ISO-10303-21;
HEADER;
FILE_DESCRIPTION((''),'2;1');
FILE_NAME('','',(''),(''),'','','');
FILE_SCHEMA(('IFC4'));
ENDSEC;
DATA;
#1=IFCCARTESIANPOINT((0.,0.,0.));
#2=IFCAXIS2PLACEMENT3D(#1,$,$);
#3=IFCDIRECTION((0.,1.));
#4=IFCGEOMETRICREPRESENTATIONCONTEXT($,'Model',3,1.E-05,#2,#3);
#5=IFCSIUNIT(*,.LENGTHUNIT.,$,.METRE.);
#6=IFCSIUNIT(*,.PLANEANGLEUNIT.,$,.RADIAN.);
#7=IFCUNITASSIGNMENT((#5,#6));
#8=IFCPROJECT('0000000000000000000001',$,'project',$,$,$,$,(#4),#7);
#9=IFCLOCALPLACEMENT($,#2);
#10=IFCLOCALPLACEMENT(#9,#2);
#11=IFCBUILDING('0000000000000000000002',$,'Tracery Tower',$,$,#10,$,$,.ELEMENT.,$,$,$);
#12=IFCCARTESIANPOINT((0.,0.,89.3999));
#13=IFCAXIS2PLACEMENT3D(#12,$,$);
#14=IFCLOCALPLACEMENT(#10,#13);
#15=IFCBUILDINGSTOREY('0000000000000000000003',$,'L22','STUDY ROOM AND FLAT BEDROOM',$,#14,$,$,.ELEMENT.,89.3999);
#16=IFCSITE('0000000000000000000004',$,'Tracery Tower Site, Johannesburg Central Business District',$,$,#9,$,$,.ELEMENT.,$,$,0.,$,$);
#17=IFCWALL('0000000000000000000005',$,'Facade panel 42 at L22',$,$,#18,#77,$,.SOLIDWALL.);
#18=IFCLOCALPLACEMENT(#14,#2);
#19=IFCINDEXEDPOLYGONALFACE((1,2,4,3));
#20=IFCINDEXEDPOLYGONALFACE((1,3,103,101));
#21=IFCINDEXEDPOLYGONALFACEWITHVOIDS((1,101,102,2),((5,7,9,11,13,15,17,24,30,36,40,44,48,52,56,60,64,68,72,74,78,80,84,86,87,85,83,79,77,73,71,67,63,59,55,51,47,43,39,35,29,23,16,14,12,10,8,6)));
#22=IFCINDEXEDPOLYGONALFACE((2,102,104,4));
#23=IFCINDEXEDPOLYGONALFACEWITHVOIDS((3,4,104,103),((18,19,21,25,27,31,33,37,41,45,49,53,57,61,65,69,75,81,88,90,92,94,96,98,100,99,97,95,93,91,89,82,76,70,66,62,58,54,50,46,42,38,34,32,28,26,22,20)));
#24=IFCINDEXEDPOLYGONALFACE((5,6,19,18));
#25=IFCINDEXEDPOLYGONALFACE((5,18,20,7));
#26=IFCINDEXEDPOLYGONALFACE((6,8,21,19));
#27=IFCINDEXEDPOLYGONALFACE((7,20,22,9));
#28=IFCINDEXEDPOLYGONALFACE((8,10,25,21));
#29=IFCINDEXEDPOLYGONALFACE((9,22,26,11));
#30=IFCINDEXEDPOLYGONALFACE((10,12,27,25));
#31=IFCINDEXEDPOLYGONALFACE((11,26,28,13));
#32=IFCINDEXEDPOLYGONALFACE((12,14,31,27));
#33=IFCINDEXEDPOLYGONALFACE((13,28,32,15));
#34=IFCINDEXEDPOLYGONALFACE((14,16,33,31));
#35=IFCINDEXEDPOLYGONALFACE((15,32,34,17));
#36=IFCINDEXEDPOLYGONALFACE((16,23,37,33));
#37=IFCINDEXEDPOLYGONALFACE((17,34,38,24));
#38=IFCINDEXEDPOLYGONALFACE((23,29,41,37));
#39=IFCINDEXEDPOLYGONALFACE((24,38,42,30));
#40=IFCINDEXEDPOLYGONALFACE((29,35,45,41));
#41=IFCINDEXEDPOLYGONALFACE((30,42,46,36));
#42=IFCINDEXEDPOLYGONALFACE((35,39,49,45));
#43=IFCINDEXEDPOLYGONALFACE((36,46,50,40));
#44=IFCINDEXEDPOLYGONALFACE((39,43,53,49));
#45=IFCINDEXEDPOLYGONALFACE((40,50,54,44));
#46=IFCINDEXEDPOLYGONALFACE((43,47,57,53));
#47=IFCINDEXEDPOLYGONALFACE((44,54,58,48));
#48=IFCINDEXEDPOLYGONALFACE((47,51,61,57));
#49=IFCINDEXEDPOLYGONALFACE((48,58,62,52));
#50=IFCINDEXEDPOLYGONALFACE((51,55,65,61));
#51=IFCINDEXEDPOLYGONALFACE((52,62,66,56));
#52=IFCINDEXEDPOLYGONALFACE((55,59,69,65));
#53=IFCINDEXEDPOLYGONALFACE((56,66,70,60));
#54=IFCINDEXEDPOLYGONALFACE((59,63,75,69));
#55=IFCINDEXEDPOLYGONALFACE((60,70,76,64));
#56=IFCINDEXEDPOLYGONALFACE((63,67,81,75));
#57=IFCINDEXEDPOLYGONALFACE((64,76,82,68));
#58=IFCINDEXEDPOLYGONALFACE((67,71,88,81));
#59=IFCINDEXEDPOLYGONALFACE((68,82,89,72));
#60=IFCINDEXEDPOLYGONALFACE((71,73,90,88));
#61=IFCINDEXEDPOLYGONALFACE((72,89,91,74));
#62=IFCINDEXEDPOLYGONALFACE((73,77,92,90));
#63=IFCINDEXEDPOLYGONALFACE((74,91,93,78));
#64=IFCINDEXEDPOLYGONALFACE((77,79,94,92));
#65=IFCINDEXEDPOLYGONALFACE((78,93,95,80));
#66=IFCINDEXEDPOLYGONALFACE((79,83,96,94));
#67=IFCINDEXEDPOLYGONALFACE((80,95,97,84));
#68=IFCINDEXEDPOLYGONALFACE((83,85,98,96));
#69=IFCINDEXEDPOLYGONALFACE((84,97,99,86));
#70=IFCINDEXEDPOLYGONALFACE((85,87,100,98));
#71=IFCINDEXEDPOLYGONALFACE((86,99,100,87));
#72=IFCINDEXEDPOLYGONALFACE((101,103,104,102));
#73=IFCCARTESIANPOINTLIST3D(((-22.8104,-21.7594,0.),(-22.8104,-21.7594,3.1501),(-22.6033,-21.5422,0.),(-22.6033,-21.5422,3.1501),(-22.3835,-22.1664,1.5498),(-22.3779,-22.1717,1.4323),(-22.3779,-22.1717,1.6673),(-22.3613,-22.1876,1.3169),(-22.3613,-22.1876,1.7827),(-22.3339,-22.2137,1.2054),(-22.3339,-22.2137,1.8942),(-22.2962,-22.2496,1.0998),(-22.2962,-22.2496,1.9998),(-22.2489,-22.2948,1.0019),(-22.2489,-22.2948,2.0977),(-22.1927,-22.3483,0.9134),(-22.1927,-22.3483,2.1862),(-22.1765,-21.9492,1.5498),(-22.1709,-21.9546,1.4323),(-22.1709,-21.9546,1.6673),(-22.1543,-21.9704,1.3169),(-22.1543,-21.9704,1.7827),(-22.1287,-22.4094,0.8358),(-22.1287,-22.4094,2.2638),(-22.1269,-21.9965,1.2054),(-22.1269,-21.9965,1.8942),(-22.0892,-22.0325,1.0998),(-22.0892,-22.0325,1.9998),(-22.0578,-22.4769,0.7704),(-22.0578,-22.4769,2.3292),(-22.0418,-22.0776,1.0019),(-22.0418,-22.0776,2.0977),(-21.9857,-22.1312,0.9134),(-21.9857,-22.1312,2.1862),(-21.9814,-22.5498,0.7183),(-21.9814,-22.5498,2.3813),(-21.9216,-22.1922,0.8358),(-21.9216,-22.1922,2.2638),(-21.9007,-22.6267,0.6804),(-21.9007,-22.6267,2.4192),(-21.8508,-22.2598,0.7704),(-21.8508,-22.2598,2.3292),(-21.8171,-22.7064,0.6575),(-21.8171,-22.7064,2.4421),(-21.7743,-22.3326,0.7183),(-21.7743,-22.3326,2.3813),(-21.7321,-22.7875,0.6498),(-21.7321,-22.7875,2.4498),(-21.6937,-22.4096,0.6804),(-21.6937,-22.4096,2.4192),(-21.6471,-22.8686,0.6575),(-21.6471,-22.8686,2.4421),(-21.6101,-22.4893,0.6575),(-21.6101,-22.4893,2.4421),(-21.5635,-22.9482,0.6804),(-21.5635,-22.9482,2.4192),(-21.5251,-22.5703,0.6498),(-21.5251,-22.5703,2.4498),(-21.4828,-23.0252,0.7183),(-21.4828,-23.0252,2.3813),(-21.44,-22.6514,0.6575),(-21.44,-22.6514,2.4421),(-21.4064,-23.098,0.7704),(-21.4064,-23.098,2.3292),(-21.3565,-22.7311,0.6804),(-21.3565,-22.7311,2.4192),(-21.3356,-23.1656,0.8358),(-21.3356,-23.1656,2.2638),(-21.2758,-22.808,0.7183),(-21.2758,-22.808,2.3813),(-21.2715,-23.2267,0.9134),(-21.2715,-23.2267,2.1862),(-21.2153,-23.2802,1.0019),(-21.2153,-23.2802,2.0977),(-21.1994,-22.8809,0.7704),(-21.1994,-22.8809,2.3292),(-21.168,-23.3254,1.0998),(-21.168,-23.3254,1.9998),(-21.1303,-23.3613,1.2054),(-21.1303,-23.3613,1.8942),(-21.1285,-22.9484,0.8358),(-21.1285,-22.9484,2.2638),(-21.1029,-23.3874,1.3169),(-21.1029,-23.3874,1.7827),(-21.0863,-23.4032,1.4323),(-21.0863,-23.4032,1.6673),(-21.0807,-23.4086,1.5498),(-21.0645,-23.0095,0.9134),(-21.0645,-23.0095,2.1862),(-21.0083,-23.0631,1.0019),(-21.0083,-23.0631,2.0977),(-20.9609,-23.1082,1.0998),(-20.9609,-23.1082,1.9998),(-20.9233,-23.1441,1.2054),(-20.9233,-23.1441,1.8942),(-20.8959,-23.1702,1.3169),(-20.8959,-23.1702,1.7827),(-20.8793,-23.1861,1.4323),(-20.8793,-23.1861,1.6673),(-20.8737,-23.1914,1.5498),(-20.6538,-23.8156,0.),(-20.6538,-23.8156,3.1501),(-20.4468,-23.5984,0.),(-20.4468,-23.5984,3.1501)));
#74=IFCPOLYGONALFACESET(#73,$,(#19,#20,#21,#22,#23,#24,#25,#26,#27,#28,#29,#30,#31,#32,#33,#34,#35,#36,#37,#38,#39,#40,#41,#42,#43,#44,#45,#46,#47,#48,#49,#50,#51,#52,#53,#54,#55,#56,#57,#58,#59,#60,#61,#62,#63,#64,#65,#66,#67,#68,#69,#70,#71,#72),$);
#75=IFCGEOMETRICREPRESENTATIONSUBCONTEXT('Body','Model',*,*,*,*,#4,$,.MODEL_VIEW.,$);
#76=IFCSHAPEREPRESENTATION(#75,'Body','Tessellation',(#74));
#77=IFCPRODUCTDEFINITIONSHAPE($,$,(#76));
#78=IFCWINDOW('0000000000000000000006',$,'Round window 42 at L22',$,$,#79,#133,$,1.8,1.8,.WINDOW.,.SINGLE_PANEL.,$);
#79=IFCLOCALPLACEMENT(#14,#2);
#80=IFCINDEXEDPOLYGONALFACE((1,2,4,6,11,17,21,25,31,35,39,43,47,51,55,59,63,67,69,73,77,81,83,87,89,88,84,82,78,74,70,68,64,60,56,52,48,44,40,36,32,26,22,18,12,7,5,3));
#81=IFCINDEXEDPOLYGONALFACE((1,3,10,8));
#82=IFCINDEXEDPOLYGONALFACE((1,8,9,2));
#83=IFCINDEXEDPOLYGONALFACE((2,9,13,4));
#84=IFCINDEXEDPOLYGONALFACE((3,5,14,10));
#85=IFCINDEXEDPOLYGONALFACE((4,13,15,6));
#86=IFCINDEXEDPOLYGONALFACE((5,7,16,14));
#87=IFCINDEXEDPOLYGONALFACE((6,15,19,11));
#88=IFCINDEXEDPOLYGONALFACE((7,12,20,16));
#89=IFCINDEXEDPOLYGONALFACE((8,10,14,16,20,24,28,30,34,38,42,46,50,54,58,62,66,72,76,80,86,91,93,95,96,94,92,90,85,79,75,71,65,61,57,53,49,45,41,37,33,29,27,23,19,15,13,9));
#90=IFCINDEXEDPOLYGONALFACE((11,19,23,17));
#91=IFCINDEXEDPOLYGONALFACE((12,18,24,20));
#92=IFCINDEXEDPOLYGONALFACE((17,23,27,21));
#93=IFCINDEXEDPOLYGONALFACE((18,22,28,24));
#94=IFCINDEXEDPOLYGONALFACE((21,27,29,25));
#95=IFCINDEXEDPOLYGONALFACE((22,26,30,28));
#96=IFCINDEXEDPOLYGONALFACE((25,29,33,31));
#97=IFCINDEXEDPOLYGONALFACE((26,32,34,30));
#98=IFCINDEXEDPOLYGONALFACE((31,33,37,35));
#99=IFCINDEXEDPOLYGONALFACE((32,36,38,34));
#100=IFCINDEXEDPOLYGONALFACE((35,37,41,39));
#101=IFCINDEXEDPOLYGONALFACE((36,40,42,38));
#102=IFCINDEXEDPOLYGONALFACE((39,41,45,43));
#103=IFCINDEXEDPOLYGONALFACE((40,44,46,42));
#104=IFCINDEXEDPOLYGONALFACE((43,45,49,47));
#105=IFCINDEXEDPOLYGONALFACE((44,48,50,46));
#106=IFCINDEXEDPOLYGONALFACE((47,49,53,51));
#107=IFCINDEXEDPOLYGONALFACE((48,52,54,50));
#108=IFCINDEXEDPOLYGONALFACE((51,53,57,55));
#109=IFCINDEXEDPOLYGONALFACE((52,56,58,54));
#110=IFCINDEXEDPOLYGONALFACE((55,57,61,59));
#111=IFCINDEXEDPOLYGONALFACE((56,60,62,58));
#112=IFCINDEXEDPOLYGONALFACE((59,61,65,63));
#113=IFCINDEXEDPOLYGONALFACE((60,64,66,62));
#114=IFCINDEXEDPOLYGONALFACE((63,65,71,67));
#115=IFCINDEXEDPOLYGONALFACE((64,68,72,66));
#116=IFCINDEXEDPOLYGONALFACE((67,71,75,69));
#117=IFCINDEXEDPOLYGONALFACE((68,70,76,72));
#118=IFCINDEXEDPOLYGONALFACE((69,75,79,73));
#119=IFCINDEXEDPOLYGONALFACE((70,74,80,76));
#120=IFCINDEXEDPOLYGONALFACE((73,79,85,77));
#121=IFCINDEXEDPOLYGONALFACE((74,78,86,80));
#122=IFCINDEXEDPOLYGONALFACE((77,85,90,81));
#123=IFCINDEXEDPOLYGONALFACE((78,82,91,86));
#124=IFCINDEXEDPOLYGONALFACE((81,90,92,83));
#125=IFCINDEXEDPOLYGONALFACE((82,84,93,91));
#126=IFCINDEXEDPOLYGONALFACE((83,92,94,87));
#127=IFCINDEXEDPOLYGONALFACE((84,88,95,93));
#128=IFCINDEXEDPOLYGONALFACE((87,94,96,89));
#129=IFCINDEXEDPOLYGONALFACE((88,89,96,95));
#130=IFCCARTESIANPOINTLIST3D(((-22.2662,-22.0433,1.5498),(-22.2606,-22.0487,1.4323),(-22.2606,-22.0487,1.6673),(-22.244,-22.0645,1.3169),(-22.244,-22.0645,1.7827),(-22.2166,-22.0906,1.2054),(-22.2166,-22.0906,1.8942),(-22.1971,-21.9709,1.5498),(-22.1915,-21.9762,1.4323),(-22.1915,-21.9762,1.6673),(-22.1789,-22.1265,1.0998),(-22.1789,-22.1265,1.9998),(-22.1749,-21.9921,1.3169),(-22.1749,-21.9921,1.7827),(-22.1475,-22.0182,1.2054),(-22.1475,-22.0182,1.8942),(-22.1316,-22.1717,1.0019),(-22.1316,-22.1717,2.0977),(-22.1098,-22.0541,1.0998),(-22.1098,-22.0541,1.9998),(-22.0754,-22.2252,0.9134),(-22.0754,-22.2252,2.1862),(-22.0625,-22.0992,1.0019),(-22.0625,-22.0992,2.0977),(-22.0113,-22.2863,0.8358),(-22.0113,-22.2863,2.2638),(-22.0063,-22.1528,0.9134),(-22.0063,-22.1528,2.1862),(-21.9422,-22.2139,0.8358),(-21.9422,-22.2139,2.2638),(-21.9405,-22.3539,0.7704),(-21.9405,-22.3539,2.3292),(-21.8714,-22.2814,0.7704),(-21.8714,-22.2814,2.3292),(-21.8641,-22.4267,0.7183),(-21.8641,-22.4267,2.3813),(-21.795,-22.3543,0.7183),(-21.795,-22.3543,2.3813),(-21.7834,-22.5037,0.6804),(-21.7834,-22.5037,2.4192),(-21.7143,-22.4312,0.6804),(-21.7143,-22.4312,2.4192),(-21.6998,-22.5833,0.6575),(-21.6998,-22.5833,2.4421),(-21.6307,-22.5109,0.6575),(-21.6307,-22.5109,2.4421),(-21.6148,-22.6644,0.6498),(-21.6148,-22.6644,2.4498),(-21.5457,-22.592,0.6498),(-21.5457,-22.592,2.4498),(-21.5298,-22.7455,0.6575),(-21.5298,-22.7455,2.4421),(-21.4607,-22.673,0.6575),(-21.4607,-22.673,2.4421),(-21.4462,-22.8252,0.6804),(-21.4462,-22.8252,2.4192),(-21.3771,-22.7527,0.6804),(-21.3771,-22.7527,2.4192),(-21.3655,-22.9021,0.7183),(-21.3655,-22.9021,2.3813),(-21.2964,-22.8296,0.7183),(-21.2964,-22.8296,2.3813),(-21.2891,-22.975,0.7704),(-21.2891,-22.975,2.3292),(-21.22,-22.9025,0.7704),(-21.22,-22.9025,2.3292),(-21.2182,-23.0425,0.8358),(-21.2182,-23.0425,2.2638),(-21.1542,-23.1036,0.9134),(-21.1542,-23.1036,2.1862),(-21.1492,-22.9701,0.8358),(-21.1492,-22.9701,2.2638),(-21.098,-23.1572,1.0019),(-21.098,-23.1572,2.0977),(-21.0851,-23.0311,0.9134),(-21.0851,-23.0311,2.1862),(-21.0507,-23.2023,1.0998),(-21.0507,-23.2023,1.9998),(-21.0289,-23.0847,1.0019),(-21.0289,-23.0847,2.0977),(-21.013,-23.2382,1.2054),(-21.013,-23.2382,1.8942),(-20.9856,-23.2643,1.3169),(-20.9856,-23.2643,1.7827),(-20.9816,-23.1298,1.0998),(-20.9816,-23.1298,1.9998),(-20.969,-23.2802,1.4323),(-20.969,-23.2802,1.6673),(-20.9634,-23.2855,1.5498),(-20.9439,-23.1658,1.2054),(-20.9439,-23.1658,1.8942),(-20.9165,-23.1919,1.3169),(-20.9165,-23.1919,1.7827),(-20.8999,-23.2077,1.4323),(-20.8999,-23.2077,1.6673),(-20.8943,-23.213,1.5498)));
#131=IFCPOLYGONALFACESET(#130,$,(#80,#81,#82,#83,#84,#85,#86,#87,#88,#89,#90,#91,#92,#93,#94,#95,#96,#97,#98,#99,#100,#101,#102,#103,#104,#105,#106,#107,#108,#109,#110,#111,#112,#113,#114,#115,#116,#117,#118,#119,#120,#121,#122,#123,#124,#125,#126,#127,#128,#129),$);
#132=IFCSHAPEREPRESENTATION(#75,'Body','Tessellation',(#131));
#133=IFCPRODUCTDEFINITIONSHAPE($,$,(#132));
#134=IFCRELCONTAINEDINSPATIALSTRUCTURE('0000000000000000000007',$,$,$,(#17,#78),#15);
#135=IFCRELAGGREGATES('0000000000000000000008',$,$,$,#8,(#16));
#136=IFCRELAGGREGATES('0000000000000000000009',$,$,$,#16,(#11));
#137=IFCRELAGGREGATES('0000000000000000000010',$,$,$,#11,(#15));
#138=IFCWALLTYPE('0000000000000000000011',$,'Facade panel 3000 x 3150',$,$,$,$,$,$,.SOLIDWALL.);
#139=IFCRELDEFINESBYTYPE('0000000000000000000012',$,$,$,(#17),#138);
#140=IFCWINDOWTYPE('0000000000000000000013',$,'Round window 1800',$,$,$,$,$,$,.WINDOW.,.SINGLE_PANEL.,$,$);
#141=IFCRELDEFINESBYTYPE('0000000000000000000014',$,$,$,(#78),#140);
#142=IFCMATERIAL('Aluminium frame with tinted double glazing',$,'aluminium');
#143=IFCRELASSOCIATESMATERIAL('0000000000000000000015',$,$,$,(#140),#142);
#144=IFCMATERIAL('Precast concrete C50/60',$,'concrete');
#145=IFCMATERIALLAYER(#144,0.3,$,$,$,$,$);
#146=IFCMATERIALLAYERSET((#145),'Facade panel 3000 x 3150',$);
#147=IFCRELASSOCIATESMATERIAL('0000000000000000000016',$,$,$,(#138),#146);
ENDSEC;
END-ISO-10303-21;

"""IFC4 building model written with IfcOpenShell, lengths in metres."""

from ifc_helpers import new_model, si_unit, direction, frame, frame_2d, origin, origin_2d, place, context, subcontext, project, spatial, rectangle, circle, extrude, material, layer, layer_set, type_object, element, fill, save


model = new_model("IFC4")

# Units and contexts
model_context = context("Model", 3, precision=1e-05, world=origin(), true_north=direction((0.0, 1.0)))
body_context = subcontext(model_context, "Body", "Model", "MODEL_VIEW")
ifc_project = project(units=[si_unit("LENGTHUNIT", "METRE"), si_unit("PLANEANGLEUNIT", "RADIAN")], contexts=[model_context])

# Site, building, storey
site_placement = place(None, origin())
site = spatial("IfcSite", under=ifc_project, at=site_placement, Name="Tracery Tower Site, Johannesburg Central Business District", CompositionType="ELEMENT", RefElevation=0.0)
building_placement = place(site_placement, origin())
building = spatial("IfcBuilding", under=site, at=building_placement, Name="Tracery Tower", CompositionType="ELEMENT")
storey_placement = place(building_placement, frame((0.0, 0.0, 89.3999)))
storey = spatial("IfcBuildingStorey", under=building, at=storey_placement, Name="L22", Description="STUDY ROOM AND FLAT BEDROOM", CompositionType="ELEMENT", Elevation=89.3999)

# Wall, opening, window
ifc_material_1 = material(Name="Aluminium frame with tinted double glazing", Category="aluminium")
window_type = type_object("IfcWindowType", Name="Round window 1800", PartitioningType="SINGLE_PANEL", PredefinedType="WINDOW", material=ifc_material_1)
ifc_material_2 = material(Name="Precast concrete C50/60", Category="concrete")
ifc_layer_1 = layer(ifc_material_2, 0.3)
ifc_layer_set_1 = layer_set([ifc_layer_1], Name="Facade panel 3000 x 3150")
wall_type_1 = type_object("IfcWallType", Name="Facade panel 3000 x 3150", PredefinedType="SOLIDWALL", material=ifc_layer_set_1)
wall_1_placement = place(storey_placement, frame((-22.7068, -21.6509, 0.0), z_axis=(0.0, 0.0, 1.0), x_axis=(0.723744, -0.690068, 0.0)))
wall_1 = element("IfcWall", 1, at=wall_1_placement, inside=storey, type_object=wall_type_1, Name="Facade panel 42 at L22", PredefinedType="SOLIDWALL", context=body_context, shape_type="SweptSolid", body=[
    extrude(rectangle(XDim=2.9797, YDim=0.3, at=frame_2d((1.4897, 0.0))), origin(), (0.0, 0.0, 1.0), 3.1501),
])
opening_1_placement = place(wall_1_placement, frame((1.4897, 0.0, 1.5498)))
opening_1 = element("IfcOpeningElement", 2, at=opening_1_placement, cuts=wall_1, PredefinedType="OPENING", context=body_context, shape_type="SweptSolid", body=[
    extrude(circle(Radius=0.9, at=origin_2d()), frame((0.0, 0.1599, 0.0), z_axis=(0.0, -1.0, 0.0), x_axis=(1.0, 0.0, 0.0)), (0.0, 0.0, 1.0), 0.3201),
])
window_1_placement = place(opening_1_placement, origin())
window_1 = element("IfcWindow", 3, at=window_1_placement, inside=storey, type_object=window_type, Name="Round window 42 at L22", OverallHeight=1.8, OverallWidth=1.8, PartitioningType="SINGLE_PANEL", PredefinedType="WINDOW", context=body_context, shape_type="SweptSolid", body=[
    extrude(circle(Radius=0.9, at=origin_2d()), frame((0.0, 0.1201, 0.0), z_axis=(0.0, -1.0, 0.0), x_axis=(1.0, 0.0, 0.0)), (0.0, 0.0, 1.0), 0.1001),
])
fill(opening_1, window_1)

save(model, "model.ifc")
